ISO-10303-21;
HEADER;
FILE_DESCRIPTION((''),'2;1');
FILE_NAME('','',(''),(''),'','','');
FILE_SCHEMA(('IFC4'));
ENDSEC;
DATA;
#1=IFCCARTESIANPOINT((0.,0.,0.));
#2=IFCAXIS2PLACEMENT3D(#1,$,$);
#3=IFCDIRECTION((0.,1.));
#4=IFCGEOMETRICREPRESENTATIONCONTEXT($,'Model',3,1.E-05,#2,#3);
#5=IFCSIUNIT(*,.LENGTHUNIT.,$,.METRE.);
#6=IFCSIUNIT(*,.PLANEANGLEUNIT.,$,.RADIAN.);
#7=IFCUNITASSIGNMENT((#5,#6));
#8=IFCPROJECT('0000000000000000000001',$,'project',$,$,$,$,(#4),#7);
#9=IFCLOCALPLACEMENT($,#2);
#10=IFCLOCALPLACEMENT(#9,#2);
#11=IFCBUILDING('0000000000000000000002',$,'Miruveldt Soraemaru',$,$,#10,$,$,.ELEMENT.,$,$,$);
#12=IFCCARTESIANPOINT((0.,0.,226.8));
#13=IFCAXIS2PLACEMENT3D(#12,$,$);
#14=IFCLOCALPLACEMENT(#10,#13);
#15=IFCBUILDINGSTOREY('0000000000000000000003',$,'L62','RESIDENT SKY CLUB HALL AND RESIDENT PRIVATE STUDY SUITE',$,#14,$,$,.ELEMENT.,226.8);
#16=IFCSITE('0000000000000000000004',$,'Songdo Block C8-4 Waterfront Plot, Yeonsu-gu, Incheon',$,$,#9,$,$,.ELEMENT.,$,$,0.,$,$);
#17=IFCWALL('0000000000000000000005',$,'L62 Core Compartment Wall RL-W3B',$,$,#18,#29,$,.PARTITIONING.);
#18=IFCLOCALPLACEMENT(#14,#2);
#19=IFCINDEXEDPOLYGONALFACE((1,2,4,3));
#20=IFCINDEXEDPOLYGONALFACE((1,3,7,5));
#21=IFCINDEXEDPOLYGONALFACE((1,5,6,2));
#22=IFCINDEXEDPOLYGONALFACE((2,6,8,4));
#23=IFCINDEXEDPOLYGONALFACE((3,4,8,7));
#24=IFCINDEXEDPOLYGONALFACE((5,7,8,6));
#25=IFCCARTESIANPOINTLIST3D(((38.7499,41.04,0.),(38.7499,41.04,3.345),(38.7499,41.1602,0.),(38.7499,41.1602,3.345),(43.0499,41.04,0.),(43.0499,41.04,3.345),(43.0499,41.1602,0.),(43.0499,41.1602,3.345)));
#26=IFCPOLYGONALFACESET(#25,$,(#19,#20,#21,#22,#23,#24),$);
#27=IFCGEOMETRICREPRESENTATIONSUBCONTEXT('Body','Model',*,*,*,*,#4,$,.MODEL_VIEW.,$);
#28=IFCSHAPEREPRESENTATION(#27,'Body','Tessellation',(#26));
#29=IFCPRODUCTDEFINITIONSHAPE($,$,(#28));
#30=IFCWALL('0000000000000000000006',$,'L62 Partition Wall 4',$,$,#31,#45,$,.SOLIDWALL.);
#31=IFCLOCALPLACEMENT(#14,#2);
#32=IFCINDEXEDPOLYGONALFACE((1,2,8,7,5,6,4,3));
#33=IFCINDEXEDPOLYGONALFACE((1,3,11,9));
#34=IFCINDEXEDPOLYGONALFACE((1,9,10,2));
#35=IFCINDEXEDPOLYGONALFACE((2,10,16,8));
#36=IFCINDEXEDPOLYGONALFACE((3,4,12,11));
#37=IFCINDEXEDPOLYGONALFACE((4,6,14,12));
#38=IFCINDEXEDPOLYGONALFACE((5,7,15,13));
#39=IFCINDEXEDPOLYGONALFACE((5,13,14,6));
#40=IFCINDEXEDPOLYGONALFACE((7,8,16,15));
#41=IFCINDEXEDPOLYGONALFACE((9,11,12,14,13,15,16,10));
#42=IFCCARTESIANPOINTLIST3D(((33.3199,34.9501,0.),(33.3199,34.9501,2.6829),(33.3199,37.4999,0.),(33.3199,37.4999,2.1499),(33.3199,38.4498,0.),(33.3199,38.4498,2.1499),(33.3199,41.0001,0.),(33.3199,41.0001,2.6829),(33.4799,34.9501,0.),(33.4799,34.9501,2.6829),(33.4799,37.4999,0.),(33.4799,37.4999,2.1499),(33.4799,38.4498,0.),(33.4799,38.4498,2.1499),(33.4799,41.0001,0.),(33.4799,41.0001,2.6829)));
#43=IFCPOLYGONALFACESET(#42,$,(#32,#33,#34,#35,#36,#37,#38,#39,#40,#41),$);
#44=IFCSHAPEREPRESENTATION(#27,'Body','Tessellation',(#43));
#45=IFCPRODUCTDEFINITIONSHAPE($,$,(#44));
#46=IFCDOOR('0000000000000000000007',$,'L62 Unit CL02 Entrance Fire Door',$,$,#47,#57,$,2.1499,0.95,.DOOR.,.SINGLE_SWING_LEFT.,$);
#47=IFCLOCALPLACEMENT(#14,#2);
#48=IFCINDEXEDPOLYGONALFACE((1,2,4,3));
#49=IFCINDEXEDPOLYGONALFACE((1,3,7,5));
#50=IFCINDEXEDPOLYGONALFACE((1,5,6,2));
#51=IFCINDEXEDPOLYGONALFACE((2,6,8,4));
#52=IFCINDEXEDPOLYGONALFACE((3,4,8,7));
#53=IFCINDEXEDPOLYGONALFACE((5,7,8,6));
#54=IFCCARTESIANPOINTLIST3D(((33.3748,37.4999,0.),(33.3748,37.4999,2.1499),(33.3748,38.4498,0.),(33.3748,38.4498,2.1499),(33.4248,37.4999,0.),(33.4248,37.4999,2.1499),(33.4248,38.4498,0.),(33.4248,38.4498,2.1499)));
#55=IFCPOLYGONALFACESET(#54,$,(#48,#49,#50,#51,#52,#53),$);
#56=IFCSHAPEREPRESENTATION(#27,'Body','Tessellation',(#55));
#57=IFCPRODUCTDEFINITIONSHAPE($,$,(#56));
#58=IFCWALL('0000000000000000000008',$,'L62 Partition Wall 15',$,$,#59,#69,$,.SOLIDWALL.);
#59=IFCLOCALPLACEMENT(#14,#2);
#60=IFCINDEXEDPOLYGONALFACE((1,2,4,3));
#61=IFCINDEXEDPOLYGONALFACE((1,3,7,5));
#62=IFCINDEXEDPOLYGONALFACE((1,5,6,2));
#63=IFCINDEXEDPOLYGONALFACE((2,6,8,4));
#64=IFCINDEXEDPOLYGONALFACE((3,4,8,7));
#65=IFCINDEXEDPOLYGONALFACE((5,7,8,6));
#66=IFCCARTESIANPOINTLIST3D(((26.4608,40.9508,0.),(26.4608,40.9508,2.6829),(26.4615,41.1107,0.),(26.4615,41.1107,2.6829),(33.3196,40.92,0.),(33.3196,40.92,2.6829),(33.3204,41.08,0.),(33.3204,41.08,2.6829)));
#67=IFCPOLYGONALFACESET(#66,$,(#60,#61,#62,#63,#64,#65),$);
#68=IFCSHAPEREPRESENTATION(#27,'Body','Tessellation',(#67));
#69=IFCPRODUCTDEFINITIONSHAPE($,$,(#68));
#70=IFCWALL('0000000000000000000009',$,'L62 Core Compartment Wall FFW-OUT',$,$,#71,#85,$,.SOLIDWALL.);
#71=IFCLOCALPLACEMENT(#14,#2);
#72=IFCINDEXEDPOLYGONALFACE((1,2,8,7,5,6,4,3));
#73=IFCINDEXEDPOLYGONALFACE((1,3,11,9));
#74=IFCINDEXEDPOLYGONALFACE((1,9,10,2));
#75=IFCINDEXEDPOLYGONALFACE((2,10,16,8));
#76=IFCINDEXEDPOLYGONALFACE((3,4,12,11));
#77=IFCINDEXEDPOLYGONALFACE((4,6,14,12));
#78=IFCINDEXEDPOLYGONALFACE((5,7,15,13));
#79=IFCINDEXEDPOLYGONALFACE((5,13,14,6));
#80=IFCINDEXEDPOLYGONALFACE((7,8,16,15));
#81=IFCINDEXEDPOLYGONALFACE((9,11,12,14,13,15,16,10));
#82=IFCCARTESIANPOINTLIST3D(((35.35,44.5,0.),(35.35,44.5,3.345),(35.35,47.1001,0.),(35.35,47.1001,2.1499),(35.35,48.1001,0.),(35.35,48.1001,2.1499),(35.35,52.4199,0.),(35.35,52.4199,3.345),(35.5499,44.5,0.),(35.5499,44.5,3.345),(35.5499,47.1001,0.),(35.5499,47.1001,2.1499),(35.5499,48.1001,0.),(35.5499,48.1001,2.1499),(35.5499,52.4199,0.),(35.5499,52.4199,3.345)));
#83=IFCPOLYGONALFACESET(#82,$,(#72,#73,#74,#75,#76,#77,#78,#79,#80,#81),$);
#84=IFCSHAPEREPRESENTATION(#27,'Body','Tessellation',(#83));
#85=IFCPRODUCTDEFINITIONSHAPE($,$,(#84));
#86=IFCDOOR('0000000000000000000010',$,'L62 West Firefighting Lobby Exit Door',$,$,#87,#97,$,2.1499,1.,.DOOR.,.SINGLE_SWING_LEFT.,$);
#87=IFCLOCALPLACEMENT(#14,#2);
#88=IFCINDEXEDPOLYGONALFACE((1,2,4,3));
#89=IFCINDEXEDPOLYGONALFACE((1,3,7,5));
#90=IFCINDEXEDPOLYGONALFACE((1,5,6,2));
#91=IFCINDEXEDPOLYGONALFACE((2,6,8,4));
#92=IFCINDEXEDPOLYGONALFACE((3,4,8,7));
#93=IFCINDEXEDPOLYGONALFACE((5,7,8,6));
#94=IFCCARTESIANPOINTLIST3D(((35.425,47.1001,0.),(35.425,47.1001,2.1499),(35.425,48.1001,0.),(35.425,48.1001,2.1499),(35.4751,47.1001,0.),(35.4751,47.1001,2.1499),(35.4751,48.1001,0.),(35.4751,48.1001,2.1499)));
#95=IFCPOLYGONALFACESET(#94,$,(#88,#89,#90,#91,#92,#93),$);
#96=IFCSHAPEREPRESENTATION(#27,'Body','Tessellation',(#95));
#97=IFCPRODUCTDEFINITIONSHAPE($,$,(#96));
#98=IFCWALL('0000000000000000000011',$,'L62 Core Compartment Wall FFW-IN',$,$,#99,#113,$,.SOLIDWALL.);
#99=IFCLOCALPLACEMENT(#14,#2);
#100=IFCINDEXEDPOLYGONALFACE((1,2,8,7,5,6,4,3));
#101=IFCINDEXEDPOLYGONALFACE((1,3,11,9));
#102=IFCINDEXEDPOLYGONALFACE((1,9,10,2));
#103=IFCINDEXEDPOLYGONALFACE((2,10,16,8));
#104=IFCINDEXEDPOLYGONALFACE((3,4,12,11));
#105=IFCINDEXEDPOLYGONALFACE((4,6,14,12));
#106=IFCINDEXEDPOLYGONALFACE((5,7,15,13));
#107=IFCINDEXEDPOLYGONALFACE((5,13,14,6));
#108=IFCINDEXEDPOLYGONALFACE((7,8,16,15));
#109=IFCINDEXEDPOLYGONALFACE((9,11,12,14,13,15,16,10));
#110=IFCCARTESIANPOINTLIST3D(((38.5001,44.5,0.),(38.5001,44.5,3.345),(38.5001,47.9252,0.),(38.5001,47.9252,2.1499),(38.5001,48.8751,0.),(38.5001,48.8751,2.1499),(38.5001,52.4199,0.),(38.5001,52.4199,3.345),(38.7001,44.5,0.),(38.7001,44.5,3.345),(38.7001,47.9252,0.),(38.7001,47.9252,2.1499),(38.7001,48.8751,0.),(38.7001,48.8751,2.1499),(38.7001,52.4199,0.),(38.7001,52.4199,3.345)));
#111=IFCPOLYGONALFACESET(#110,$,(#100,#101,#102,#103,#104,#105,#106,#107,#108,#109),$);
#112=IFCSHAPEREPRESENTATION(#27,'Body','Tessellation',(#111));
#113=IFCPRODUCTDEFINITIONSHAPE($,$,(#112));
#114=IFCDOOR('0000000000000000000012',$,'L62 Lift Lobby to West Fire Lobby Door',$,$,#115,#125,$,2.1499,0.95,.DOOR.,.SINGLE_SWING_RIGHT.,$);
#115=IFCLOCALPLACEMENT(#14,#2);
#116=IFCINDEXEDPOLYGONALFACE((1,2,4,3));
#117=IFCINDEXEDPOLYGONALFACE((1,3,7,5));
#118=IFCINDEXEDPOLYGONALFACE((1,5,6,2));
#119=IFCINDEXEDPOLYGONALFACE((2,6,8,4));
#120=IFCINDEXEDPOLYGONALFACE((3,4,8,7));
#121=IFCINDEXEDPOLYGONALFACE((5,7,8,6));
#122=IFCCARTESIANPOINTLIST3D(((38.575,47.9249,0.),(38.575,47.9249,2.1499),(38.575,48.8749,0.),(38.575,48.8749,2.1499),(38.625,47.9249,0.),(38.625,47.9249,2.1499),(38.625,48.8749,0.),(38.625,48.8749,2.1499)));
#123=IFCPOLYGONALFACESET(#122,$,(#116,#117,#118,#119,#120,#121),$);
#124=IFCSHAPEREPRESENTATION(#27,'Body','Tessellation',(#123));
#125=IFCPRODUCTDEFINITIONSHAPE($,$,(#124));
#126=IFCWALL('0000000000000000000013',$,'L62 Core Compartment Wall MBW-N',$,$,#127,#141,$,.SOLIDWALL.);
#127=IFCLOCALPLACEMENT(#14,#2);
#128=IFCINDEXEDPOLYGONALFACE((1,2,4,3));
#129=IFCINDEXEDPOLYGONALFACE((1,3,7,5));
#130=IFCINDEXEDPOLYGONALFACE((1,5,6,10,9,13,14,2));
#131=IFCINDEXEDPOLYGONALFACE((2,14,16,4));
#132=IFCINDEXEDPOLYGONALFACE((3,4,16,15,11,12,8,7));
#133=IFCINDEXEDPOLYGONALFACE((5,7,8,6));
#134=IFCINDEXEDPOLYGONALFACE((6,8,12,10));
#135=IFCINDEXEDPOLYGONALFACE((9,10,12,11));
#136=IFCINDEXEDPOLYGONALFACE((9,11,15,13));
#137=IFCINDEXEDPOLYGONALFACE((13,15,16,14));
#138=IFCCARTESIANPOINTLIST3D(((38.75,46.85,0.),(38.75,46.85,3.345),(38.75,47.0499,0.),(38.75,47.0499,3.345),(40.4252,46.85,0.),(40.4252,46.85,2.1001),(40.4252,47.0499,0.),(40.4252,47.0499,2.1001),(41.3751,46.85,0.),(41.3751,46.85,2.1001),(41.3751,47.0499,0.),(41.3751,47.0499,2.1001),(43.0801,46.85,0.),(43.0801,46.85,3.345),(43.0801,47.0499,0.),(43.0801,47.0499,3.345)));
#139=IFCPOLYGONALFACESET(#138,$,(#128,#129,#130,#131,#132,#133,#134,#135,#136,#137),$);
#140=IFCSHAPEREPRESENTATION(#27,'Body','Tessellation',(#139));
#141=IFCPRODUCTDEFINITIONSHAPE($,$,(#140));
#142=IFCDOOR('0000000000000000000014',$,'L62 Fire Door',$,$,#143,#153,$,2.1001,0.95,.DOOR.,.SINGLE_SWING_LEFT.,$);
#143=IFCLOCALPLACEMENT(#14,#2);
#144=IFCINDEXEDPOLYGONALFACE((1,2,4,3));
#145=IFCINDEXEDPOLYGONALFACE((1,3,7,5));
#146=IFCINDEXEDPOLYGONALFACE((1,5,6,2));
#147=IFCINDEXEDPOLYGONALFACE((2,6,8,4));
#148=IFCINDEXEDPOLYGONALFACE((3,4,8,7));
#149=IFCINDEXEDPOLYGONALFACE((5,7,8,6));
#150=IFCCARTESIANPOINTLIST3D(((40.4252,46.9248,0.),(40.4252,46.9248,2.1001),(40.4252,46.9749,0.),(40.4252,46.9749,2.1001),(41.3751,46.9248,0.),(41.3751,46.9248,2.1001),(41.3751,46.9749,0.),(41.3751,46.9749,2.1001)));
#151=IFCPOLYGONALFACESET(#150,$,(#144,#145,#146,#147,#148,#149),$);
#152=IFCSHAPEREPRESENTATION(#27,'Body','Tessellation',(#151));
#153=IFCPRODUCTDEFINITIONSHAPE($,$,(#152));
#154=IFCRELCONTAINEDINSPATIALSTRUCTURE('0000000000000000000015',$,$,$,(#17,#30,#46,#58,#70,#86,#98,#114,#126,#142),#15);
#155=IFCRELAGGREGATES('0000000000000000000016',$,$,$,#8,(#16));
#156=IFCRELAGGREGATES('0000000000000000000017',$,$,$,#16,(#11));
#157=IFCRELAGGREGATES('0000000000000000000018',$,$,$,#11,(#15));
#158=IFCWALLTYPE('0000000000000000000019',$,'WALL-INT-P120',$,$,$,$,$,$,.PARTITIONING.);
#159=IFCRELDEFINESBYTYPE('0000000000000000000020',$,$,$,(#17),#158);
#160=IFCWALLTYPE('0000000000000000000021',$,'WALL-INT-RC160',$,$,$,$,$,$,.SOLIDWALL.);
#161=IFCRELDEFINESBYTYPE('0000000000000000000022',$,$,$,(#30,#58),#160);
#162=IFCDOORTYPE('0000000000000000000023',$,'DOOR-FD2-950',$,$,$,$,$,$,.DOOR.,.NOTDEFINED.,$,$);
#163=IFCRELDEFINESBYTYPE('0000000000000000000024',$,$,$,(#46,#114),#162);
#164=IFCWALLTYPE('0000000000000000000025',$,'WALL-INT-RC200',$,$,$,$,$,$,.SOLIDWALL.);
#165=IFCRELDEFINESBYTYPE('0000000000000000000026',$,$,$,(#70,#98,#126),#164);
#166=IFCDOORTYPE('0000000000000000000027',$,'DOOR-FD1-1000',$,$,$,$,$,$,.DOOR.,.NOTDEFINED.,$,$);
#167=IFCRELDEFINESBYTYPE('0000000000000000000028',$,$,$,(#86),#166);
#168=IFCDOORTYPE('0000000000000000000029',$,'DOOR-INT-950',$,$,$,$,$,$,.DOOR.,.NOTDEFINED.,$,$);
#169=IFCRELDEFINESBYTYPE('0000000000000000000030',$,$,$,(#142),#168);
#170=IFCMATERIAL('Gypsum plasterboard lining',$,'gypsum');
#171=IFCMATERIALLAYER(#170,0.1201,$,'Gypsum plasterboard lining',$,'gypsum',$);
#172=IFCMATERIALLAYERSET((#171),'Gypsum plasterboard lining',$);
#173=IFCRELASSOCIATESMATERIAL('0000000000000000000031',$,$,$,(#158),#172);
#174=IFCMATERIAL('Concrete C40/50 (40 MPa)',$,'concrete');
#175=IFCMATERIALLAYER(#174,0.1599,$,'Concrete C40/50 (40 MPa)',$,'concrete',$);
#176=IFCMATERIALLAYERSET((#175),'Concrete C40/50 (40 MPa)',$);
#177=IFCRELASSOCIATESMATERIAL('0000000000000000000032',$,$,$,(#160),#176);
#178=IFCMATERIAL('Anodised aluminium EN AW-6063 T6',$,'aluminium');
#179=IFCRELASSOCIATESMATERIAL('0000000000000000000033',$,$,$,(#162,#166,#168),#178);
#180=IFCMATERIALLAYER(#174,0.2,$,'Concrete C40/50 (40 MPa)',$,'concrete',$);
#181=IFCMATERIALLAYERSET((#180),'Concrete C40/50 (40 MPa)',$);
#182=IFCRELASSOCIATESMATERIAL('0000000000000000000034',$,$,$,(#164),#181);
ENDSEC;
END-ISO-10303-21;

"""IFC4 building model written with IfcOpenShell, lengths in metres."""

from ifc_helpers import new_model, si_unit, direction, frame, frame_2d, origin, place, context, subcontext, project, spatial, rectangle, extrude, material, layer, layer_set, type_object, element, fill, save


model = new_model("IFC4")

# Units and contexts
model_context = context("Model", 3, precision=1e-05, world=origin(), true_north=direction((0.0, 1.0)))
body_context = subcontext(model_context, "Body", "Model", "MODEL_VIEW")
ifc_project = project(units=[si_unit("LENGTHUNIT", "METRE"), si_unit("PLANEANGLEUNIT", "RADIAN")], contexts=[model_context])

# Site, building, storey
site_placement = place(None, origin())
site = spatial("IfcSite", under=ifc_project, at=site_placement, Name="Songdo Block C8-4 Waterfront Plot, Yeonsu-gu, Incheon", CompositionType="ELEMENT", RefElevation=0.0)
building_placement = place(site_placement, origin())
building = spatial("IfcBuilding", under=site, at=building_placement, Name="Miruveldt Soraemaru", CompositionType="ELEMENT")
storey_placement = place(building_placement, frame((0.0, 0.0, 226.8)))
storey = spatial("IfcBuildingStorey", under=building, at=storey_placement, Name="L62", Description="RESIDENT SKY CLUB HALL AND RESIDENT PRIVATE STUDY SUITE", CompositionType="ELEMENT", Elevation=226.8)

# Wall
ifc_material_1 = material(Name="Gypsum plasterboard lining", Category="gypsum")
ifc_layer_1 = layer(ifc_material_1, 0.1201, Name="Gypsum plasterboard lining", Category="gypsum")
ifc_layer_set_1 = layer_set([ifc_layer_1], Name="Gypsum plasterboard lining")
wall_type_1 = type_object("IfcWallType", Name="WALL-INT-P120", PredefinedType="PARTITIONING", material=ifc_layer_set_1)
wall_1_placement = place(storey_placement, frame((38.75, 41.1001, 0.0), z_axis=(0.0, 0.0, 1.0), x_axis=(1.0, 0.0, 0.0)))
element("IfcWall", 1, at=wall_1_placement, inside=storey, type_object=wall_type_1, Name="L62 Core Compartment Wall RL-W3B", PredefinedType="PARTITIONING", context=body_context, shape_type="SweptSolid", body=[
    extrude(rectangle(XDim=4.3, YDim=0.1201, at=frame_2d((2.1499, 0.0))), origin(), (0.0, 0.0, 1.0), 3.345),
])

# Wall, opening, door
ifc_material_2 = material(Name="Concrete C40/50 (40 MPa)", Category="concrete")
ifc_layer_2 = layer(ifc_material_2, 0.1599, Name="Concrete C40/50 (40 MPa)", Category="concrete")
ifc_layer_set_2 = layer_set([ifc_layer_2], Name="Concrete C40/50 (40 MPa)")
wall_type_2 = type_object("IfcWallType", Name="WALL-INT-RC160", PredefinedType="SOLIDWALL", material=ifc_layer_set_2)
wall_2_placement = place(storey_placement, frame((33.3999, 41.0, 0.0), z_axis=(0.0, 0.0, 1.0), x_axis=(0.0, -1.0, 0.0)))
wall_2 = element("IfcWall", 2, at=wall_2_placement, inside=storey, type_object=wall_type_2, Name="L62 Partition Wall 4", PredefinedType="SOLIDWALL", context=body_context, shape_type="SweptSolid", body=[
    extrude(rectangle(XDim=6.05, YDim=0.1599, at=frame_2d((3.0249, 0.0))), origin(), (0.0, 0.0, 1.0), 2.6829),
])
opening_1_placement = place(wall_2_placement, frame((2.55, 0.0, 0.0)))
opening_1 = element("IfcOpeningElement", 3, at=opening_1_placement, cuts=wall_2, PredefinedType="OPENING", context=body_context, shape_type="SweptSolid", body=[
    extrude(rectangle(XDim=0.95, YDim=2.1499, at=frame_2d((0.4751, 1.075))), frame((0.0, 0.0898, 0.0), z_axis=(0.0, -1.0, 0.0), x_axis=(1.0, 0.0, 0.0)), (0.0, 0.0, 1.0), 0.1799),
])
ifc_material_3 = material(Name="Anodised aluminium EN AW-6063 T6", Category="aluminium")
door_type_1 = type_object("IfcDoorType", Name="DOOR-FD2-950", OperationType="NOTDEFINED", PredefinedType="DOOR", material=ifc_material_3)
door_1_placement = place(opening_1_placement, origin())
door_1 = element("IfcDoor", 4, at=door_1_placement, inside=storey, type_object=door_type_1, Name="L62 Unit CL02 Entrance Fire Door", OperationType="SINGLE_SWING_LEFT", OverallHeight=2.1499, OverallWidth=0.95, PredefinedType="DOOR", context=body_context, shape_type="SweptSolid", body=[
    extrude(rectangle(XDim=0.95, YDim=2.1499, at=frame_2d((0.4751, 1.075))), frame((0.0, 0.0249, 0.0), z_axis=(0.0, -1.0, 0.0), x_axis=(1.0, 0.0, 0.0)), (0.0, 0.0, 1.0), 0.05),
])
fill(opening_1, door_1)

# Wall
wall_3_placement = place(storey_placement, frame((26.4612, 41.0308, 0.0), z_axis=(0.0, 0.0, 1.0), x_axis=(0.99999, -0.004485, 0.0)))
element("IfcWall", 5, at=wall_3_placement, inside=storey, type_object=wall_type_2, Name="L62 Partition Wall 15", PredefinedType="SOLIDWALL", context=body_context, shape_type="SweptSolid", body=[
    extrude(rectangle(XDim=6.8589, YDim=0.1599, at=frame_2d((3.4294, 0.0))), origin(), (0.0, 0.0, 1.0), 2.6829),
])

# Walls, openings, doors
ifc_layer_3 = layer(ifc_material_2, 0.2, Name="Concrete C40/50 (40 MPa)", Category="concrete")
ifc_layer_set_3 = layer_set([ifc_layer_3], Name="Concrete C40/50 (40 MPa)")
wall_type_3 = type_object("IfcWallType", Name="WALL-INT-RC200", PredefinedType="SOLIDWALL", material=ifc_layer_set_3)
wall_4_placement = place(storey_placement, frame((35.45, 44.5, 0.0), z_axis=(0.0, 0.0, 1.0), x_axis=(0.0, 1.0, 0.0)))
wall_4 = element("IfcWall", 6, at=wall_4_placement, inside=storey, type_object=wall_type_3, Name="L62 Core Compartment Wall FFW-OUT", PredefinedType="SOLIDWALL", context=body_context, shape_type="SweptSolid", body=[
    extrude(rectangle(XDim=7.9199, YDim=0.2, at=frame_2d((3.96, 0.0))), origin(), (0.0, 0.0, 1.0), 3.345),
])
opening_2_placement = place(wall_4_placement, frame((2.6001, 0.0, 0.0)))
opening_2 = element("IfcOpeningElement", 7, at=opening_2_placement, cuts=wall_4, PredefinedType="OPENING", context=body_context, shape_type="SweptSolid", body=[
    extrude(rectangle(XDim=1.0, YDim=2.1499, at=frame_2d((0.5, 1.075))), frame((0.0, 0.1099, 0.0), z_axis=(0.0, -1.0, 0.0), x_axis=(1.0, 0.0, 0.0)), (0.0, 0.0, 1.0), 0.22),
])
door_type_2 = type_object("IfcDoorType", Name="DOOR-FD1-1000", OperationType="NOTDEFINED", PredefinedType="DOOR", material=ifc_material_3)
door_2_placement = place(opening_2_placement, origin())
door_2 = element("IfcDoor", 8, at=door_2_placement, inside=storey, type_object=door_type_2, Name="L62 West Firefighting Lobby Exit Door", OperationType="SINGLE_SWING_LEFT", OverallHeight=2.1499, OverallWidth=1.0, PredefinedType="DOOR", context=body_context, shape_type="SweptSolid", body=[
    extrude(rectangle(XDim=1.0, YDim=2.1499, at=frame_2d((0.5, 1.075))), frame((0.0, 0.0249, 0.0), z_axis=(0.0, -1.0, 0.0), x_axis=(1.0, 0.0, 0.0)), (0.0, 0.0, 1.0), 0.05),
])
fill(opening_2, door_2)
wall_5_placement = place(storey_placement, frame((38.6001, 44.5, 0.0), z_axis=(0.0, 0.0, 1.0), x_axis=(0.0, 1.0, 0.0)))
wall_5 = element("IfcWall", 9, at=wall_5_placement, inside=storey, type_object=wall_type_3, Name="L62 Core Compartment Wall FFW-IN", PredefinedType="SOLIDWALL", context=body_context, shape_type="SweptSolid", body=[
    extrude(rectangle(XDim=7.9199, YDim=0.2, at=frame_2d((3.96, 0.0))), origin(), (0.0, 0.0, 1.0), 3.345),
])
opening_3_placement = place(wall_5_placement, frame((3.425, 0.0, 0.0)))
opening_3 = element("IfcOpeningElement", 10, at=opening_3_placement, cuts=wall_5, PredefinedType="OPENING", context=body_context, shape_type="SweptSolid", body=[
    extrude(rectangle(XDim=0.95, YDim=2.1499, at=frame_2d((0.4751, 1.075))), frame((0.0, 0.1099, 0.0), z_axis=(0.0, -1.0, 0.0), x_axis=(1.0, 0.0, 0.0)), (0.0, 0.0, 1.0), 0.22),
])
door_3_placement = place(opening_3_placement, frame((0.95, 0.0, 0.0), z_axis=(0.0, 0.0, 1.0), x_axis=(-1.0, 0.0, 0.0)))
door_3 = element("IfcDoor", 11, at=door_3_placement, inside=storey, type_object=door_type_1, Name="L62 Lift Lobby to West Fire Lobby Door", OperationType="SINGLE_SWING_RIGHT", OverallHeight=2.1499, OverallWidth=0.95, PredefinedType="DOOR", context=body_context, shape_type="SweptSolid", body=[
    extrude(rectangle(XDim=0.95, YDim=2.1499, at=frame_2d((0.4751, 1.075))), frame((0.0, 0.0249, 0.0), z_axis=(0.0, -1.0, 0.0), x_axis=(1.0, 0.0, 0.0)), (0.0, 0.0, 1.0), 0.05),
])
fill(opening_3, door_3)
wall_6_placement = place(storey_placement, frame((38.75, 46.95, 0.0), z_axis=(0.0, 0.0, 1.0), x_axis=(1.0, 0.0, 0.0)))
wall_6 = element("IfcWall", 12, at=wall_6_placement, inside=storey, type_object=wall_type_3, Name="L62 Core Compartment Wall MBW-N", PredefinedType="SOLIDWALL", context=body_context, shape_type="SweptSolid", body=[
    extrude(rectangle(XDim=4.3301, YDim=0.2, at=frame_2d((2.165, 0.0))), origin(), (0.0, 0.0, 1.0), 3.345),
])
opening_4_placement = place(wall_6_placement, frame((1.675, 0.0, 0.0)))
opening_4 = element("IfcOpeningElement", 13, at=opening_4_placement, cuts=wall_6, PredefinedType="OPENING", context=body_context, shape_type="SweptSolid", body=[
    extrude(rectangle(XDim=0.95, YDim=2.1001, at=frame_2d((0.4751, 1.05))), frame((0.0, 0.1099, 0.0), z_axis=(0.0, -1.0, 0.0), x_axis=(1.0, 0.0, 0.0)), (0.0, 0.0, 1.0), 0.22),
])
door_type_3 = type_object("IfcDoorType", Name="DOOR-INT-950", OperationType="NOTDEFINED", PredefinedType="DOOR", material=ifc_material_3)
door_4_placement = place(opening_4_placement, origin())
door_4 = element("IfcDoor", 14, at=door_4_placement, inside=storey, type_object=door_type_3, Name="L62 Fire Door", OperationType="SINGLE_SWING_LEFT", OverallHeight=2.1001, OverallWidth=0.95, PredefinedType="DOOR", context=body_context, shape_type="SweptSolid", body=[
    extrude(rectangle(XDim=0.95, YDim=2.1001, at=frame_2d((0.4751, 1.05))), frame((0.0, 0.0249, 0.0), z_axis=(0.0, -1.0, 0.0), x_axis=(1.0, 0.0, 0.0)), (0.0, 0.0, 1.0), 0.05),
])
fill(opening_4, door_4)

save(model, "model.ifc")
